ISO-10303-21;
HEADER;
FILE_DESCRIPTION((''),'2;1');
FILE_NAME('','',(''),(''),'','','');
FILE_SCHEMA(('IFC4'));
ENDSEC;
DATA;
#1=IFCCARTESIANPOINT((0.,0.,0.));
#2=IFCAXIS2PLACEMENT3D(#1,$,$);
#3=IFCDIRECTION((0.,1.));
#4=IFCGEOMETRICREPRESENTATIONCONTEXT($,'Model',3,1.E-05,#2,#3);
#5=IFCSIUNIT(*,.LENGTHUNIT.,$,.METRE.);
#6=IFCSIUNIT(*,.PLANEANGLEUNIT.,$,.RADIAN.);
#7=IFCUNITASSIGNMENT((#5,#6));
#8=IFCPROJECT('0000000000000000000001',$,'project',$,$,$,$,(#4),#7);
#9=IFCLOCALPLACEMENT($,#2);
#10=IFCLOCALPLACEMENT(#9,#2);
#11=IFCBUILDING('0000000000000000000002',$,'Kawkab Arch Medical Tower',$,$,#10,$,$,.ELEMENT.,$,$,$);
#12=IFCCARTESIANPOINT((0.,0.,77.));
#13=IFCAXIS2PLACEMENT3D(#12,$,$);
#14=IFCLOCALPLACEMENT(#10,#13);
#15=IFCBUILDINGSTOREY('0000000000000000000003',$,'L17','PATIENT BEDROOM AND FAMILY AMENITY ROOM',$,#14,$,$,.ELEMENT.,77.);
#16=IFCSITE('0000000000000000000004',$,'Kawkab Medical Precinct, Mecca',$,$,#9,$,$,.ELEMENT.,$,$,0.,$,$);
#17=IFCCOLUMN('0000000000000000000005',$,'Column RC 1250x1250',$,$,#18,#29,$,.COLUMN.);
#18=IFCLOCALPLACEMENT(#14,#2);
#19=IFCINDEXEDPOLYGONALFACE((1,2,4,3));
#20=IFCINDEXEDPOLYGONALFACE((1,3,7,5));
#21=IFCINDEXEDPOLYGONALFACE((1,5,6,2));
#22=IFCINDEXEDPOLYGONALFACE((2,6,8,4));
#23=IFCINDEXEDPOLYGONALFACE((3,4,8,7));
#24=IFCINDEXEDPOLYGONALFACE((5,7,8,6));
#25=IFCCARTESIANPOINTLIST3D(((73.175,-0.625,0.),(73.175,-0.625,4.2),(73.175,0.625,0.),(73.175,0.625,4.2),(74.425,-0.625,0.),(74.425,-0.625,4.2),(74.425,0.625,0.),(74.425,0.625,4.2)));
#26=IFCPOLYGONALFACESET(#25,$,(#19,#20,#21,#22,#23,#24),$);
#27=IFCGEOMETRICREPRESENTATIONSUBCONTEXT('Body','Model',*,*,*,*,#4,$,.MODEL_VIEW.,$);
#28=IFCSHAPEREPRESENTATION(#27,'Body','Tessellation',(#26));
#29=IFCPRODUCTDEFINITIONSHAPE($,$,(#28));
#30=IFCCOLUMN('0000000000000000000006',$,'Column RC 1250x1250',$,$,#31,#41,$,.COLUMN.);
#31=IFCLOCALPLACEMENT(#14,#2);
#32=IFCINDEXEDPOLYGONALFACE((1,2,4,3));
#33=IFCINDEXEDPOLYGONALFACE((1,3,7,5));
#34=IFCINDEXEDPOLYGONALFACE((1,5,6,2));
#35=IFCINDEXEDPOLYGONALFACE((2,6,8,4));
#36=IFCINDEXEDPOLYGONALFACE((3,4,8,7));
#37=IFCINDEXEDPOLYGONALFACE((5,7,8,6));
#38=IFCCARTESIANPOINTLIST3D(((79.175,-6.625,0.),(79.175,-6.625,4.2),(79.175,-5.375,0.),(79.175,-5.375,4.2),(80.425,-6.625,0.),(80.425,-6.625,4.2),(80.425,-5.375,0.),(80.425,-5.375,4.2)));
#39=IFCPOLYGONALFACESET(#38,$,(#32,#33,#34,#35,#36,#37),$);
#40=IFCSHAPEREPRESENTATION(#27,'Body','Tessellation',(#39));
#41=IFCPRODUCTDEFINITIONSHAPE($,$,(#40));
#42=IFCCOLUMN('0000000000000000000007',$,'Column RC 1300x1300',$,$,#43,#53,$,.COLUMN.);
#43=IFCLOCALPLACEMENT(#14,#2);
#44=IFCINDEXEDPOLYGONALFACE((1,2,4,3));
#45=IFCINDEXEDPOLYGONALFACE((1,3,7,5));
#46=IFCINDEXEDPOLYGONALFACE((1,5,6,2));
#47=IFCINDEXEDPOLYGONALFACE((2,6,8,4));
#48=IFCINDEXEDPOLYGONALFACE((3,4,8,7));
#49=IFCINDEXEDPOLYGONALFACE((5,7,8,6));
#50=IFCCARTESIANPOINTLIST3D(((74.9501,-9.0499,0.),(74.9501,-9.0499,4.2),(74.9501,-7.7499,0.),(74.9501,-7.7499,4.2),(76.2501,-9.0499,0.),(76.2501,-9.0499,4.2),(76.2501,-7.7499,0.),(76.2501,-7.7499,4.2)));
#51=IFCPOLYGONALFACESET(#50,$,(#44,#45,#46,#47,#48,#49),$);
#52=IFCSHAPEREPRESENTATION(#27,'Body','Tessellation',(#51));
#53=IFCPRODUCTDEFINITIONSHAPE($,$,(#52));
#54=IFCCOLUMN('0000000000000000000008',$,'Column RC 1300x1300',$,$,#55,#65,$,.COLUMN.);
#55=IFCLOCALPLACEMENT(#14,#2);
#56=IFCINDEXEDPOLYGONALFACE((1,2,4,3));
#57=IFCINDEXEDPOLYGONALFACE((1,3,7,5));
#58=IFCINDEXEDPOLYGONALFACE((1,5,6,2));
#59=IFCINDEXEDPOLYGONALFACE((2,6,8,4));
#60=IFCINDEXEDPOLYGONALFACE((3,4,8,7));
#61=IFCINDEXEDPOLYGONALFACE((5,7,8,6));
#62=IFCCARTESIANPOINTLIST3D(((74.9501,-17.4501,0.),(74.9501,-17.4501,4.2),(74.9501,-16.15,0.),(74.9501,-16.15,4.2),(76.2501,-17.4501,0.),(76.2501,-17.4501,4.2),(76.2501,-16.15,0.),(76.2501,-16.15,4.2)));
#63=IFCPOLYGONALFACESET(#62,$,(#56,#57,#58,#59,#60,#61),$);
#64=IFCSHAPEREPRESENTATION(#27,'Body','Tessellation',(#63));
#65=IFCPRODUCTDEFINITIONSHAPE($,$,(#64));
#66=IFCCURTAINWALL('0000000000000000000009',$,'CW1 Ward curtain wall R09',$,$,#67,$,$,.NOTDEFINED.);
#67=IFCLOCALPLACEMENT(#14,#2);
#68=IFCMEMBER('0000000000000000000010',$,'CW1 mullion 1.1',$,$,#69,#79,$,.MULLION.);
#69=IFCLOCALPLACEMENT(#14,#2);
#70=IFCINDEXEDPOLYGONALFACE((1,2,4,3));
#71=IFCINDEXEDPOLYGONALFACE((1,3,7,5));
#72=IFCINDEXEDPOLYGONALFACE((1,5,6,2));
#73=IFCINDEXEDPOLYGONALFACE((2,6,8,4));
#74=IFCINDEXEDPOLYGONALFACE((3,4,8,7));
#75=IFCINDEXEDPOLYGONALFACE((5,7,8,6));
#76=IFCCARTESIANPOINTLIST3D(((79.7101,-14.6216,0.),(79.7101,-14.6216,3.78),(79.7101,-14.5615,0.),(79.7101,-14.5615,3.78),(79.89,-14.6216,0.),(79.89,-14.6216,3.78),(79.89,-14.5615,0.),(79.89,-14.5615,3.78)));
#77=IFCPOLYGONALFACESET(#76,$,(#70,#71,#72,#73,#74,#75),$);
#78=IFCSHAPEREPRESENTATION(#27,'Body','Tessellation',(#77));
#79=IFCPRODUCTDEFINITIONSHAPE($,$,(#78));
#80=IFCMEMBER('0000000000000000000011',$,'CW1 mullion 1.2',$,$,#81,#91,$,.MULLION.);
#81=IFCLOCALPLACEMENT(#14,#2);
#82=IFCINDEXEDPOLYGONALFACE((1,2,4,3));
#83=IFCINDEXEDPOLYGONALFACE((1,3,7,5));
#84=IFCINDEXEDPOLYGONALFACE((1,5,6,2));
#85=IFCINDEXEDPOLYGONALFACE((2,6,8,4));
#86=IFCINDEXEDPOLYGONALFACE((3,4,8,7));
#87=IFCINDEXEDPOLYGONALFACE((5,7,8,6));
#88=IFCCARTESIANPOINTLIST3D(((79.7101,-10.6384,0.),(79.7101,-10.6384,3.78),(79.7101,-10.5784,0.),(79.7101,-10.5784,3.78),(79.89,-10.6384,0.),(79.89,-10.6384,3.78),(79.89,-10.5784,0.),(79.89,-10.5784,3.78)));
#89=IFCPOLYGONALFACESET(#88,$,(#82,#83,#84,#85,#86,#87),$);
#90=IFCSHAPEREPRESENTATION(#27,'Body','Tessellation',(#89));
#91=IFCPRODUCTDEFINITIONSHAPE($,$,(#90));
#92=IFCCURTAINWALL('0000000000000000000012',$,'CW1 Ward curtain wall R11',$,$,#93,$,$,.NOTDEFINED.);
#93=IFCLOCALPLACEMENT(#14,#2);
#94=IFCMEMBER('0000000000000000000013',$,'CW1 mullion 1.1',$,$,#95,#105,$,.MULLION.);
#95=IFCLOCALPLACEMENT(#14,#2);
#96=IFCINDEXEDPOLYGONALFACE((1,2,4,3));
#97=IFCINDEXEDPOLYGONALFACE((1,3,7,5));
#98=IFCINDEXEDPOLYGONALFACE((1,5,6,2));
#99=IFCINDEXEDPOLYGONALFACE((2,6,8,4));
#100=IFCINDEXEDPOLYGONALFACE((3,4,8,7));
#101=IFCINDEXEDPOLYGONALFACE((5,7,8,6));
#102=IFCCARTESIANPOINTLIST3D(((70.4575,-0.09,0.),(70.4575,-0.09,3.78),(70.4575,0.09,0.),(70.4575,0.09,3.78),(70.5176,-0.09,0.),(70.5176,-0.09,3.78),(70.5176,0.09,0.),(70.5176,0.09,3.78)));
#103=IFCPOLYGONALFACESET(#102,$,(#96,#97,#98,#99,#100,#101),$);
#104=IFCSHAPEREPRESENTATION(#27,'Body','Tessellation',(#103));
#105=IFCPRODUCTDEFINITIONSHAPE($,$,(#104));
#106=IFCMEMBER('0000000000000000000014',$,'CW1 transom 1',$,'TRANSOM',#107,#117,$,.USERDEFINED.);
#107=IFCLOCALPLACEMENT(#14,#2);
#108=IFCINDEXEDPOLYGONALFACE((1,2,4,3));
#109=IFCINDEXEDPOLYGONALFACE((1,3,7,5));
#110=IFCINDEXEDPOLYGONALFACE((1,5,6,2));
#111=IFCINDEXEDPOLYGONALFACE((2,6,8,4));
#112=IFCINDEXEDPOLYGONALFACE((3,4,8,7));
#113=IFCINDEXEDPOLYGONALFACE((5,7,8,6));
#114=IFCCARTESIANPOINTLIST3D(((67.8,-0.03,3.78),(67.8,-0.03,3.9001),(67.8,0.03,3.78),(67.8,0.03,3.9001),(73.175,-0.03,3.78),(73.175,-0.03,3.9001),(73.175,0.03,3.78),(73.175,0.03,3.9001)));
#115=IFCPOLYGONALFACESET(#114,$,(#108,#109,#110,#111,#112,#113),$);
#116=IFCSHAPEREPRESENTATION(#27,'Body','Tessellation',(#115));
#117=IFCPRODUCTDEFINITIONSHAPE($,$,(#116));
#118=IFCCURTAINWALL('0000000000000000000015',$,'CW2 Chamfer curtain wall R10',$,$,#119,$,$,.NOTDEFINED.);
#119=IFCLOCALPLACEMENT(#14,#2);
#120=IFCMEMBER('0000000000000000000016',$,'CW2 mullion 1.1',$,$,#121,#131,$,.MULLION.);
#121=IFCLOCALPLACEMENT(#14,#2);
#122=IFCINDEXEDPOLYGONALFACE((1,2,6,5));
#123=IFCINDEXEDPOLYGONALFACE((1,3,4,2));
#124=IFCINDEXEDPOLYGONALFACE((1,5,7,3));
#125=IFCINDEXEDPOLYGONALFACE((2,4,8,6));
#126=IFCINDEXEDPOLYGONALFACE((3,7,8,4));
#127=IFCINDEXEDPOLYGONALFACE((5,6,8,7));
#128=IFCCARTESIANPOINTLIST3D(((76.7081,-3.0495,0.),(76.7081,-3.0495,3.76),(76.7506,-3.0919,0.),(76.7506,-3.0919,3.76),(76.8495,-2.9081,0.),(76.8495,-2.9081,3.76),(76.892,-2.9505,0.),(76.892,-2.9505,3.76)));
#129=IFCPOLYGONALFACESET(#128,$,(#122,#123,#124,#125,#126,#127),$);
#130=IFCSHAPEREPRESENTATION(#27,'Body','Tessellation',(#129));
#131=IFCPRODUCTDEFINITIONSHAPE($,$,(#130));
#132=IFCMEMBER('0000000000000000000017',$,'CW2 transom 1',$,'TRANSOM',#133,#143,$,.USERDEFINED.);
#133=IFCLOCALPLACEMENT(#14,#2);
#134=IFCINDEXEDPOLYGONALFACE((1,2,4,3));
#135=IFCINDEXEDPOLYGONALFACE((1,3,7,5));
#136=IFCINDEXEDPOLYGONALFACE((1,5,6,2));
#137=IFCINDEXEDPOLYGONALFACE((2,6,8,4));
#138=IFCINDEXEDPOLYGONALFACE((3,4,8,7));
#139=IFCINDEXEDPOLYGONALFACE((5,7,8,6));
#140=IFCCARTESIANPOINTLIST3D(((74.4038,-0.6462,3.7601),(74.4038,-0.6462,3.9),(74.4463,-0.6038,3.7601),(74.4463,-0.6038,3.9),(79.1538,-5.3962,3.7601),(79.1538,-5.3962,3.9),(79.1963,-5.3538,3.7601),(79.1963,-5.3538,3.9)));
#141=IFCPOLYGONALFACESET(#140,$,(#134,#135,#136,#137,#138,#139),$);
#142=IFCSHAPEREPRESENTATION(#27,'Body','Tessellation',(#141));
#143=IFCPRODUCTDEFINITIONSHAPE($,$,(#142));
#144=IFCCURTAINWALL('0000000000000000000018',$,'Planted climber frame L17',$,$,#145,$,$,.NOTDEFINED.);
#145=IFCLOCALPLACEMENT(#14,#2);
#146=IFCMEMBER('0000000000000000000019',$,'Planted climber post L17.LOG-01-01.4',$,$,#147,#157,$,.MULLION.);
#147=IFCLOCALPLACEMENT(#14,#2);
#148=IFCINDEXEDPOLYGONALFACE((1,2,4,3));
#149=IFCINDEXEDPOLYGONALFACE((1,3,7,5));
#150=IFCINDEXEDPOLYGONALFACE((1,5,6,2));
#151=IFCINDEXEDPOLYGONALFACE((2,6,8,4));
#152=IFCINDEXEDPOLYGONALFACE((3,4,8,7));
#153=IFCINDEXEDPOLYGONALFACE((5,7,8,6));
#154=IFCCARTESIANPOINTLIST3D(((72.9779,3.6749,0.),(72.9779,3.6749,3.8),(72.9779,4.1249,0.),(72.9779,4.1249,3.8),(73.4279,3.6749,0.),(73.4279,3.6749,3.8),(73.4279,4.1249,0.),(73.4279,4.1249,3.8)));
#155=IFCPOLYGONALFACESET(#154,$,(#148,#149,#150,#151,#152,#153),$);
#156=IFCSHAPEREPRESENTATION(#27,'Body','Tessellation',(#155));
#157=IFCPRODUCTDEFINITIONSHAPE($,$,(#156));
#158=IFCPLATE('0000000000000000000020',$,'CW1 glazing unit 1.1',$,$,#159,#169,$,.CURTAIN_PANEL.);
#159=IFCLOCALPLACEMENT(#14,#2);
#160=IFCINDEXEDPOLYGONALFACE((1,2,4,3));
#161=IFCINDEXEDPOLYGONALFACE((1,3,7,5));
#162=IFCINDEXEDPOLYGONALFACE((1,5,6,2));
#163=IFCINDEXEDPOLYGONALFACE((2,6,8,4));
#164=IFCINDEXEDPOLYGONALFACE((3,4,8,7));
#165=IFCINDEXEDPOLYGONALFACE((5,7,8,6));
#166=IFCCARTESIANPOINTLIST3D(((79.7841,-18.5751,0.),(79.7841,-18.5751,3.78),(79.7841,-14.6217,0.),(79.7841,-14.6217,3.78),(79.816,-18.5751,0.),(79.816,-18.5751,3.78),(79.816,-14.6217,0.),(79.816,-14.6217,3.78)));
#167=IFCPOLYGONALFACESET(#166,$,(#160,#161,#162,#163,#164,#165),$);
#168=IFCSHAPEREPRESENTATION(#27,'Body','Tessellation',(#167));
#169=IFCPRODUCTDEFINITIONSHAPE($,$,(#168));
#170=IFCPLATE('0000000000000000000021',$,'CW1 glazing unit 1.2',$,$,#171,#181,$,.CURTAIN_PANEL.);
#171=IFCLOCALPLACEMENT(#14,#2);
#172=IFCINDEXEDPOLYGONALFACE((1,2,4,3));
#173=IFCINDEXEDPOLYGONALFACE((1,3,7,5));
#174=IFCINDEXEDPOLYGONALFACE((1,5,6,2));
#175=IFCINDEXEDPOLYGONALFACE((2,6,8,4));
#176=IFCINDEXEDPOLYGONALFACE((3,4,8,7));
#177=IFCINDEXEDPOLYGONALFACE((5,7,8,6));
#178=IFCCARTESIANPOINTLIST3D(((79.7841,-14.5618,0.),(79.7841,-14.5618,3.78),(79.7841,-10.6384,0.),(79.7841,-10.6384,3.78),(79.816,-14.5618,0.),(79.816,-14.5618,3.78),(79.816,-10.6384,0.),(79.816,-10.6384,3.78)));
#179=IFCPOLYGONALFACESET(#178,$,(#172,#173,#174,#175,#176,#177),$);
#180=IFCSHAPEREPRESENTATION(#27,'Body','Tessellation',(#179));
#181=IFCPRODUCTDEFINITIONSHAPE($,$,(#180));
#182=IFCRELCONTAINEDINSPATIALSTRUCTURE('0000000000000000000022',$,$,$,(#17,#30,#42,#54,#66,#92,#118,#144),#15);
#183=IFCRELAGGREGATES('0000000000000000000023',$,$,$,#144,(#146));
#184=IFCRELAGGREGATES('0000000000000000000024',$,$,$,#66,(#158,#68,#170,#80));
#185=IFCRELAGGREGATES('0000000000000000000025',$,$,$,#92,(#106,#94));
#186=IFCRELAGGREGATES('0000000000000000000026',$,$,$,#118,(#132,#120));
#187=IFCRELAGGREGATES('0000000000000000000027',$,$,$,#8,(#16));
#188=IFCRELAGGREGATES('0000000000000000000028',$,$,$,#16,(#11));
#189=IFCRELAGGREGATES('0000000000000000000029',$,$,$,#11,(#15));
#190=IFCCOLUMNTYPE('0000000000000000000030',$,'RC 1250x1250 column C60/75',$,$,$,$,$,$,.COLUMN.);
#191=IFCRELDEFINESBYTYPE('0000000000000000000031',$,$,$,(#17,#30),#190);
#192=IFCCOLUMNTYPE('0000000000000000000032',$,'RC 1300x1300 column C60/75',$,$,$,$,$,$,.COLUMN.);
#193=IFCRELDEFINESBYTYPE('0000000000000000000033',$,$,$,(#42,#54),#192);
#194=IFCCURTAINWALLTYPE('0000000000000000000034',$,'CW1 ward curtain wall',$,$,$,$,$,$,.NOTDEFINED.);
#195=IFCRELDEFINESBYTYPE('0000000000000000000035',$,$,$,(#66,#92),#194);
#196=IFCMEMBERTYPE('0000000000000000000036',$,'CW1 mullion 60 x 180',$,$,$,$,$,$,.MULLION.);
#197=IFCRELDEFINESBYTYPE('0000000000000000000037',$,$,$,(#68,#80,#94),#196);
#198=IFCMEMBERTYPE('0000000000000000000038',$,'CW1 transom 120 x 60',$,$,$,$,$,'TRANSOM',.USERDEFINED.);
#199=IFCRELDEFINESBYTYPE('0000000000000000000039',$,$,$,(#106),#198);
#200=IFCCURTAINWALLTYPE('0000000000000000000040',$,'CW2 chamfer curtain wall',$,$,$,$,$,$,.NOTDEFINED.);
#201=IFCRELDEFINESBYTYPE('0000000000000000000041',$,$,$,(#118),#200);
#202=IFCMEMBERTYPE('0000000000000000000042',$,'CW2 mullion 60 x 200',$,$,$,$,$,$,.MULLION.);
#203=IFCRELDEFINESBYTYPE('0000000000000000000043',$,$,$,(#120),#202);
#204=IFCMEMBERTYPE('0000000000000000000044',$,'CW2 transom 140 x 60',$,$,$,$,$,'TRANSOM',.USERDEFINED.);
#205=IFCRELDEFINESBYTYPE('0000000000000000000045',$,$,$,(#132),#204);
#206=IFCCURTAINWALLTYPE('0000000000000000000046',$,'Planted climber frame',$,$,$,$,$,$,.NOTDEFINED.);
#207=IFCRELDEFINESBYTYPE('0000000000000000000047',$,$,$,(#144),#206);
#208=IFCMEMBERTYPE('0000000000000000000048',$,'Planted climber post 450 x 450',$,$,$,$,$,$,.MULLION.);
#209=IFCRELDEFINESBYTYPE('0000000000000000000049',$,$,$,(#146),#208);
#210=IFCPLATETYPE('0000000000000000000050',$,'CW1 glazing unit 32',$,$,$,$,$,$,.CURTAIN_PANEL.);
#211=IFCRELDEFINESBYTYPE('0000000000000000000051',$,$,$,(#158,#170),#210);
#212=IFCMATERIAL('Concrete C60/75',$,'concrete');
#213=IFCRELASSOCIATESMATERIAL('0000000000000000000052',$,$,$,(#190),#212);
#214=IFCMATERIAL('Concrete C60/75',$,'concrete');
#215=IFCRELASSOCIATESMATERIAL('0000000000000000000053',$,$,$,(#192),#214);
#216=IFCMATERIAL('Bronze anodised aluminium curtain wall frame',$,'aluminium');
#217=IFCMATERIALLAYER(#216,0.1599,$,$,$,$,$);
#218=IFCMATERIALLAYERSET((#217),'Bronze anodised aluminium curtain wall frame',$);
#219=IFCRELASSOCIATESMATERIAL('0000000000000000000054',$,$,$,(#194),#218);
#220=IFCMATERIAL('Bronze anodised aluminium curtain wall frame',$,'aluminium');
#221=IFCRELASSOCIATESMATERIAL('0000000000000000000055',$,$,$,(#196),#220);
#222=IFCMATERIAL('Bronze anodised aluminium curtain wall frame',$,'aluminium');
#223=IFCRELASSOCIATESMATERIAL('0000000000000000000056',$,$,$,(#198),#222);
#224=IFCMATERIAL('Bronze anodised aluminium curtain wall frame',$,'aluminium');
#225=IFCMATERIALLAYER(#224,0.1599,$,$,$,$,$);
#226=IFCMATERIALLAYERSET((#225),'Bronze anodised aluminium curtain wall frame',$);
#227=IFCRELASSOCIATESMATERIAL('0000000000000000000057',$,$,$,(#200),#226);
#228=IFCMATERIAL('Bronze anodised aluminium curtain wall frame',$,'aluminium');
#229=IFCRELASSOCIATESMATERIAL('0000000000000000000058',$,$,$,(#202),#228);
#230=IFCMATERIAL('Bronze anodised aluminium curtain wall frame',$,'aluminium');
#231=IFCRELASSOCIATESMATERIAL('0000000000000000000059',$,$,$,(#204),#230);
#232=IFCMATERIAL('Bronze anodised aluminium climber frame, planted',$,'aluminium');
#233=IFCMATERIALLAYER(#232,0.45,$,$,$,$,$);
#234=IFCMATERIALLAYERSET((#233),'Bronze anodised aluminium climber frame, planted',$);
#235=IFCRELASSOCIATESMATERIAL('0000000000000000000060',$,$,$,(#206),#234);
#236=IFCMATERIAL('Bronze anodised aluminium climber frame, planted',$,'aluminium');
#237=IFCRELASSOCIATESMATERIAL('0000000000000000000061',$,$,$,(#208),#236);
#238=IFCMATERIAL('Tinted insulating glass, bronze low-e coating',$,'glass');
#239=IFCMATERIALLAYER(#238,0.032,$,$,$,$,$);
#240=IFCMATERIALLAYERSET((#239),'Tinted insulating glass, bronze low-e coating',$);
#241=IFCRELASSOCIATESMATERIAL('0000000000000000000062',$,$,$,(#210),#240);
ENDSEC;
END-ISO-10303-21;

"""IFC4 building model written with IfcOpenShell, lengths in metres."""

from ifc_helpers import new_model, si_unit, direction, frame, origin, origin_2d, place, context, subcontext, project, spatial, rectangle, extrude, material, layer, layer_set, material_profile, profile_set, type_object, element, aggregate, save


model = new_model("IFC4")

# Units and contexts
model_context = context("Model", 3, precision=1e-05, world=origin(), true_north=direction((0.0, 1.0)))
body_context = subcontext(model_context, "Body", "Model", "MODEL_VIEW")
ifc_project = project(units=[si_unit("LENGTHUNIT", "METRE"), si_unit("PLANEANGLEUNIT", "RADIAN")], contexts=[model_context])

# Site, building, storey
site_placement = place(None, origin())
site = spatial("IfcSite", under=ifc_project, at=site_placement, Name="Kawkab Medical Precinct, Mecca", CompositionType="ELEMENT", RefElevation=0.0)
building_placement = place(site_placement, origin())
building = spatial("IfcBuilding", under=site, at=building_placement, Name="Kawkab Arch Medical Tower", CompositionType="ELEMENT")
storey_placement = place(building_placement, frame((0.0, 0.0, 77.0)))
storey = spatial("IfcBuildingStorey", under=building, at=storey_placement, Name="L17", Description="PATIENT BEDROOM AND FAMILY AMENITY ROOM", CompositionType="ELEMENT", Elevation=77.0)

# Columns
ifc_material_1 = material(Name="Concrete C60/75", Category="concrete")
ifc_material_profile_1 = material_profile(ifc_material_1, rectangle(XDim=1.25, YDim=1.25, at=origin_2d()), Name="RC 1250x1250")
ifc_profile_set_1 = profile_set([ifc_material_profile_1], Name="Concrete C60/75")
column_type_1 = type_object("IfcColumnType", Name="RC 1250x1250 column C60/75", PredefinedType="COLUMN", material=ifc_profile_set_1)
for number, where, z_axis, x_axis, name in (
    (1, (73.8, 0.0, 0.0), (0.0, 0.0, 1.0), (1.0, 0.0, 0.0), "Column RC 1250x1250"),
    (2, (79.8, -6.0, 0.0), (0.0, 0.0, 1.0), (1.0, 0.0, 0.0), "Column RC 1250x1250"),
):
    element("IfcColumn", number, at=place(storey_placement, frame(where, z_axis=z_axis, x_axis=x_axis)), inside=storey, type_object=column_type_1, Name=name, PredefinedType="COLUMN", context=body_context, shape_type="SweptSolid", body=[
        extrude(rectangle(XDim=1.25, YDim=1.25, at=origin_2d()), origin(), (0.0, 0.0, 1.0), 4.2),
    ])
ifc_material_2 = material(Name="Concrete C60/75", Category="concrete")
ifc_material_profile_2 = material_profile(ifc_material_2, rectangle(XDim=1.3, YDim=1.3, at=origin_2d()), Name="RC 1300x1300")
ifc_profile_set_2 = profile_set([ifc_material_profile_2], Name="Concrete C60/75")
column_type_2 = type_object("IfcColumnType", Name="RC 1300x1300 column C60/75", PredefinedType="COLUMN", material=ifc_profile_set_2)
for number, where, z_axis, x_axis, name in (
    (3, (75.6001, -8.3999, 0.0), (0.0, 0.0, 1.0), (1.0, 0.0, 0.0), "Column RC 1300x1300"),
    (4, (75.6001, -16.8, 0.0), (0.0, 0.0, 1.0), (1.0, 0.0, 0.0), "Column RC 1300x1300"),
):
    element("IfcColumn", number, at=place(storey_placement, frame(where, z_axis=z_axis, x_axis=x_axis)), inside=storey, type_object=column_type_2, Name=name, PredefinedType="COLUMN", context=body_context, shape_type="SweptSolid", body=[
        extrude(rectangle(XDim=1.3, YDim=1.3, at=origin_2d()), origin(), (0.0, 0.0, 1.0), 4.2),
    ])

# Curtain walls, members
ifc_material_3 = material(Name="Bronze anodised aluminium curtain wall frame", Category="aluminium")
ifc_layer_1 = layer(ifc_material_3, 0.1599)
ifc_layer_set_1 = layer_set([ifc_layer_1], Name="Bronze anodised aluminium curtain wall frame")
curtain_wall_type_1 = type_object("IfcCurtainWallType", Name="CW1 ward curtain wall", PredefinedType="NOTDEFINED", material=ifc_layer_set_1)
placement = place(storey_placement, origin())
curtain_wall_1 = element("IfcCurtainWall", 5, at=placement, inside=storey, type_object=curtain_wall_type_1, Name="CW1 Ward curtain wall R09", PredefinedType="NOTDEFINED")
ifc_material_4 = material(Name="Bronze anodised aluminium curtain wall frame", Category="aluminium")
ifc_material_profile_3 = material_profile(ifc_material_4, rectangle(XDim=0.1799, YDim=0.0601, at=origin_2d()), Name="AL 60x180")
ifc_profile_set_3 = profile_set([ifc_material_profile_3], Name="Bronze anodised aluminium curtain wall frame")
member_type_1 = type_object("IfcMemberType", Name="CW1 mullion 60 x 180", PredefinedType="MULLION", material=ifc_profile_set_3)
member_1_placement = place(storey_placement, frame((79.8, -14.5916, 0.0), z_axis=(0.0, 0.0, 1.0), x_axis=(-1.0, 0.0, 0.0)))
member_1 = element("IfcMember", 6, at=member_1_placement, type_object=member_type_1, Name="CW1 mullion 1.1", PredefinedType="MULLION", context=body_context, shape_type="SweptSolid", body=[
    extrude(rectangle(XDim=0.1799, YDim=0.0601, at=origin_2d()), origin(), (0.0, 0.0, 1.0), 3.78),
])
member_2_placement = place(storey_placement, frame((79.8, -10.6084, 0.0), z_axis=(0.0, 0.0, 1.0), x_axis=(-1.0, 0.0, 0.0)))
member_2 = element("IfcMember", 7, at=member_2_placement, type_object=member_type_1, Name="CW1 mullion 1.2", PredefinedType="MULLION", context=body_context, shape_type="SweptSolid", body=[
    extrude(rectangle(XDim=0.1799, YDim=0.0601, at=origin_2d()), origin(), (0.0, 0.0, 1.0), 3.78),
])
curtain_wall_2 = element("IfcCurtainWall", 8, at=placement, inside=storey, type_object=curtain_wall_type_1, Name="CW1 Ward curtain wall R11", PredefinedType="NOTDEFINED")
member_3_placement = place(storey_placement, frame((70.4875, 0.0, 0.0), z_axis=(0.0, 0.0, 1.0), x_axis=(0.0, -1.0, 0.0)))
member_3 = element("IfcMember", 9, at=member_3_placement, type_object=member_type_1, Name="CW1 mullion 1.1", PredefinedType="MULLION", context=body_context, shape_type="SweptSolid", body=[
    extrude(rectangle(XDim=0.1799, YDim=0.0601, at=origin_2d()), origin(), (0.0, 0.0, 1.0), 3.78),
])
ifc_material_5 = material(Name="Bronze anodised aluminium curtain wall frame", Category="aluminium")
ifc_material_profile_4 = material_profile(ifc_material_5, rectangle(XDim=0.0601, YDim=0.1201, at=origin_2d()), Name="AL 60x120")
ifc_profile_set_4 = profile_set([ifc_material_profile_4], Name="Bronze anodised aluminium curtain wall frame")
member_type_2 = type_object("IfcMemberType", Name="CW1 transom 120 x 60", ElementType="TRANSOM", PredefinedType="USERDEFINED", material=ifc_profile_set_4)
member_4_placement = place(storey_placement, frame((73.175, 0.0, 3.8401), z_axis=(-1.0, 0.0, 0.0), x_axis=(0.0, -1.0, 0.0)))
member_4 = element("IfcMember", 10, at=member_4_placement, type_object=member_type_2, Name="CW1 transom 1", ObjectType="TRANSOM", PredefinedType="USERDEFINED", context=body_context, shape_type="SweptSolid", body=[
    extrude(rectangle(XDim=0.0601, YDim=0.1201, at=origin_2d()), origin(), (0.0, 0.0, 1.0), 5.375),
])
ifc_material_6 = material(Name="Bronze anodised aluminium curtain wall frame", Category="aluminium")
ifc_layer_2 = layer(ifc_material_6, 0.1599)
ifc_layer_set_2 = layer_set([ifc_layer_2], Name="Bronze anodised aluminium curtain wall frame")
curtain_wall_type_2 = type_object("IfcCurtainWallType", Name="CW2 chamfer curtain wall", PredefinedType="NOTDEFINED", material=ifc_layer_set_2)
curtain_wall_3 = element("IfcCurtainWall", 11, at=placement, inside=storey, type_object=curtain_wall_type_2, Name="CW2 Chamfer curtain wall R10", PredefinedType="NOTDEFINED")
ifc_material_7 = material(Name="Bronze anodised aluminium curtain wall frame", Category="aluminium")
ifc_material_profile_5 = material_profile(ifc_material_7, rectangle(XDim=0.2, YDim=0.0601, at=origin_2d()), Name="AL 60x200")
ifc_profile_set_5 = profile_set([ifc_material_profile_5], Name="Bronze anodised aluminium curtain wall frame")
member_type_3 = type_object("IfcMemberType", Name="CW2 mullion 60 x 200", PredefinedType="MULLION", material=ifc_profile_set_5)
member_5_placement = place(storey_placement, frame((76.8, -3.0, 0.0), z_axis=(0.0, 0.0, 1.0), x_axis=(-0.707107, -0.707107, 0.0)))
member_5 = element("IfcMember", 12, at=member_5_placement, type_object=member_type_3, Name="CW2 mullion 1.1", PredefinedType="MULLION", context=body_context, shape_type="SweptSolid", body=[
    extrude(rectangle(XDim=0.2, YDim=0.0601, at=origin_2d()), origin(), (0.0, 0.0, 1.0), 3.76),
])
ifc_material_8 = material(Name="Bronze anodised aluminium curtain wall frame", Category="aluminium")
ifc_material_profile_6 = material_profile(ifc_material_8, rectangle(XDim=0.0601, YDim=0.1399, at=origin_2d()), Name="AL 60x140")
ifc_profile_set_6 = profile_set([ifc_material_profile_6], Name="Bronze anodised aluminium curtain wall frame")
member_type_4 = type_object("IfcMemberType", Name="CW2 transom 140 x 60", ElementType="TRANSOM", PredefinedType="USERDEFINED", material=ifc_profile_set_6)
member_6_placement = place(storey_placement, frame((79.175, -5.375, 3.8301), z_axis=(-0.707107, 0.707107, 0.0), x_axis=(-0.707107, -0.707107, 0.0)))
member_6 = element("IfcMember", 13, at=member_6_placement, type_object=member_type_4, Name="CW2 transom 1", ObjectType="TRANSOM", PredefinedType="USERDEFINED", context=body_context, shape_type="SweptSolid", body=[
    extrude(rectangle(XDim=0.0601, YDim=0.1399, at=origin_2d()), origin(), (0.0, 0.0, 1.0), 6.7175),
])

# Curtain wall, member
ifc_material_9 = material(Name="Bronze anodised aluminium climber frame, planted", Category="aluminium")
ifc_layer_3 = layer(ifc_material_9, 0.45)
ifc_layer_set_3 = layer_set([ifc_layer_3], Name="Bronze anodised aluminium climber frame, planted")
curtain_wall_type_3 = type_object("IfcCurtainWallType", Name="Planted climber frame", PredefinedType="NOTDEFINED", material=ifc_layer_set_3)
curtain_wall_4 = element("IfcCurtainWall", 14, at=placement, inside=storey, type_object=curtain_wall_type_3, Name="Planted climber frame L17", PredefinedType="NOTDEFINED")
ifc_material_10 = material(Name="Bronze anodised aluminium climber frame, planted", Category="aluminium")
ifc_material_profile_7 = material_profile(ifc_material_10, rectangle(XDim=0.45, YDim=0.45, at=origin_2d()), Name="Post 450x450")
ifc_profile_set_7 = profile_set([ifc_material_profile_7], Name="Bronze anodised aluminium climber frame, planted")
member_type_5 = type_object("IfcMemberType", Name="Planted climber post 450 x 450", PredefinedType="MULLION", material=ifc_profile_set_7)
member_7_placement = place(storey_placement, frame((73.2029, 3.8999, 0.0), z_axis=(0.0, 0.0, 1.0), x_axis=(1.0, 0.0, 0.0)))
member_7 = element("IfcMember", 15, at=member_7_placement, type_object=member_type_5, Name="Planted climber post L17.LOG-01-01.4", PredefinedType="MULLION", context=body_context, shape_type="SweptSolid", body=[
    extrude(rectangle(XDim=0.45, YDim=0.45, at=origin_2d()), origin(), (0.0, 0.0, 1.0), 3.8),
])
aggregate(curtain_wall_4, [member_7])

# Plates
ifc_material_11 = material(Name="Tinted insulating glass, bronze low-e coating", Category="glass")
ifc_layer_4 = layer(ifc_material_11, 0.032)
ifc_layer_set_4 = layer_set([ifc_layer_4], Name="Tinted insulating glass, bronze low-e coating")
plate_type_1 = type_object("IfcPlateType", Name="CW1 glazing unit 32", PredefinedType="CURTAIN_PANEL", material=ifc_layer_set_4)
plate_1_placement = place(storey_placement, frame((79.8, -16.5984, 0.0), z_axis=(0.0, 0.0, 1.0), x_axis=(0.0, 1.0, 0.0)))
plate_1 = element("IfcPlate", 16, at=plate_1_placement, type_object=plate_type_1, Name="CW1 glazing unit 1.1", PredefinedType="CURTAIN_PANEL", context=body_context, shape_type="SweptSolid", body=[
    extrude(rectangle(XDim=3.9534, YDim=0.032, at=origin_2d()), origin(), (0.0, 0.0, 1.0), 3.78),
])
plate_2_placement = place(storey_placement, frame((79.8, -12.6001, 0.0), z_axis=(0.0, 0.0, 1.0), x_axis=(0.0, 1.0, 0.0)))
plate_2 = element("IfcPlate", 17, at=plate_2_placement, type_object=plate_type_1, Name="CW1 glazing unit 1.2", PredefinedType="CURTAIN_PANEL", context=body_context, shape_type="SweptSolid", body=[
    extrude(rectangle(XDim=3.9233, YDim=0.032, at=origin_2d()), origin(), (0.0, 0.0, 1.0), 3.78),
])
aggregate(curtain_wall_1, [plate_1, member_1, plate_2, member_2])
aggregate(curtain_wall_2, [member_4, member_3])
aggregate(curtain_wall_3, [member_6, member_5])

save(model, "model.ifc")
